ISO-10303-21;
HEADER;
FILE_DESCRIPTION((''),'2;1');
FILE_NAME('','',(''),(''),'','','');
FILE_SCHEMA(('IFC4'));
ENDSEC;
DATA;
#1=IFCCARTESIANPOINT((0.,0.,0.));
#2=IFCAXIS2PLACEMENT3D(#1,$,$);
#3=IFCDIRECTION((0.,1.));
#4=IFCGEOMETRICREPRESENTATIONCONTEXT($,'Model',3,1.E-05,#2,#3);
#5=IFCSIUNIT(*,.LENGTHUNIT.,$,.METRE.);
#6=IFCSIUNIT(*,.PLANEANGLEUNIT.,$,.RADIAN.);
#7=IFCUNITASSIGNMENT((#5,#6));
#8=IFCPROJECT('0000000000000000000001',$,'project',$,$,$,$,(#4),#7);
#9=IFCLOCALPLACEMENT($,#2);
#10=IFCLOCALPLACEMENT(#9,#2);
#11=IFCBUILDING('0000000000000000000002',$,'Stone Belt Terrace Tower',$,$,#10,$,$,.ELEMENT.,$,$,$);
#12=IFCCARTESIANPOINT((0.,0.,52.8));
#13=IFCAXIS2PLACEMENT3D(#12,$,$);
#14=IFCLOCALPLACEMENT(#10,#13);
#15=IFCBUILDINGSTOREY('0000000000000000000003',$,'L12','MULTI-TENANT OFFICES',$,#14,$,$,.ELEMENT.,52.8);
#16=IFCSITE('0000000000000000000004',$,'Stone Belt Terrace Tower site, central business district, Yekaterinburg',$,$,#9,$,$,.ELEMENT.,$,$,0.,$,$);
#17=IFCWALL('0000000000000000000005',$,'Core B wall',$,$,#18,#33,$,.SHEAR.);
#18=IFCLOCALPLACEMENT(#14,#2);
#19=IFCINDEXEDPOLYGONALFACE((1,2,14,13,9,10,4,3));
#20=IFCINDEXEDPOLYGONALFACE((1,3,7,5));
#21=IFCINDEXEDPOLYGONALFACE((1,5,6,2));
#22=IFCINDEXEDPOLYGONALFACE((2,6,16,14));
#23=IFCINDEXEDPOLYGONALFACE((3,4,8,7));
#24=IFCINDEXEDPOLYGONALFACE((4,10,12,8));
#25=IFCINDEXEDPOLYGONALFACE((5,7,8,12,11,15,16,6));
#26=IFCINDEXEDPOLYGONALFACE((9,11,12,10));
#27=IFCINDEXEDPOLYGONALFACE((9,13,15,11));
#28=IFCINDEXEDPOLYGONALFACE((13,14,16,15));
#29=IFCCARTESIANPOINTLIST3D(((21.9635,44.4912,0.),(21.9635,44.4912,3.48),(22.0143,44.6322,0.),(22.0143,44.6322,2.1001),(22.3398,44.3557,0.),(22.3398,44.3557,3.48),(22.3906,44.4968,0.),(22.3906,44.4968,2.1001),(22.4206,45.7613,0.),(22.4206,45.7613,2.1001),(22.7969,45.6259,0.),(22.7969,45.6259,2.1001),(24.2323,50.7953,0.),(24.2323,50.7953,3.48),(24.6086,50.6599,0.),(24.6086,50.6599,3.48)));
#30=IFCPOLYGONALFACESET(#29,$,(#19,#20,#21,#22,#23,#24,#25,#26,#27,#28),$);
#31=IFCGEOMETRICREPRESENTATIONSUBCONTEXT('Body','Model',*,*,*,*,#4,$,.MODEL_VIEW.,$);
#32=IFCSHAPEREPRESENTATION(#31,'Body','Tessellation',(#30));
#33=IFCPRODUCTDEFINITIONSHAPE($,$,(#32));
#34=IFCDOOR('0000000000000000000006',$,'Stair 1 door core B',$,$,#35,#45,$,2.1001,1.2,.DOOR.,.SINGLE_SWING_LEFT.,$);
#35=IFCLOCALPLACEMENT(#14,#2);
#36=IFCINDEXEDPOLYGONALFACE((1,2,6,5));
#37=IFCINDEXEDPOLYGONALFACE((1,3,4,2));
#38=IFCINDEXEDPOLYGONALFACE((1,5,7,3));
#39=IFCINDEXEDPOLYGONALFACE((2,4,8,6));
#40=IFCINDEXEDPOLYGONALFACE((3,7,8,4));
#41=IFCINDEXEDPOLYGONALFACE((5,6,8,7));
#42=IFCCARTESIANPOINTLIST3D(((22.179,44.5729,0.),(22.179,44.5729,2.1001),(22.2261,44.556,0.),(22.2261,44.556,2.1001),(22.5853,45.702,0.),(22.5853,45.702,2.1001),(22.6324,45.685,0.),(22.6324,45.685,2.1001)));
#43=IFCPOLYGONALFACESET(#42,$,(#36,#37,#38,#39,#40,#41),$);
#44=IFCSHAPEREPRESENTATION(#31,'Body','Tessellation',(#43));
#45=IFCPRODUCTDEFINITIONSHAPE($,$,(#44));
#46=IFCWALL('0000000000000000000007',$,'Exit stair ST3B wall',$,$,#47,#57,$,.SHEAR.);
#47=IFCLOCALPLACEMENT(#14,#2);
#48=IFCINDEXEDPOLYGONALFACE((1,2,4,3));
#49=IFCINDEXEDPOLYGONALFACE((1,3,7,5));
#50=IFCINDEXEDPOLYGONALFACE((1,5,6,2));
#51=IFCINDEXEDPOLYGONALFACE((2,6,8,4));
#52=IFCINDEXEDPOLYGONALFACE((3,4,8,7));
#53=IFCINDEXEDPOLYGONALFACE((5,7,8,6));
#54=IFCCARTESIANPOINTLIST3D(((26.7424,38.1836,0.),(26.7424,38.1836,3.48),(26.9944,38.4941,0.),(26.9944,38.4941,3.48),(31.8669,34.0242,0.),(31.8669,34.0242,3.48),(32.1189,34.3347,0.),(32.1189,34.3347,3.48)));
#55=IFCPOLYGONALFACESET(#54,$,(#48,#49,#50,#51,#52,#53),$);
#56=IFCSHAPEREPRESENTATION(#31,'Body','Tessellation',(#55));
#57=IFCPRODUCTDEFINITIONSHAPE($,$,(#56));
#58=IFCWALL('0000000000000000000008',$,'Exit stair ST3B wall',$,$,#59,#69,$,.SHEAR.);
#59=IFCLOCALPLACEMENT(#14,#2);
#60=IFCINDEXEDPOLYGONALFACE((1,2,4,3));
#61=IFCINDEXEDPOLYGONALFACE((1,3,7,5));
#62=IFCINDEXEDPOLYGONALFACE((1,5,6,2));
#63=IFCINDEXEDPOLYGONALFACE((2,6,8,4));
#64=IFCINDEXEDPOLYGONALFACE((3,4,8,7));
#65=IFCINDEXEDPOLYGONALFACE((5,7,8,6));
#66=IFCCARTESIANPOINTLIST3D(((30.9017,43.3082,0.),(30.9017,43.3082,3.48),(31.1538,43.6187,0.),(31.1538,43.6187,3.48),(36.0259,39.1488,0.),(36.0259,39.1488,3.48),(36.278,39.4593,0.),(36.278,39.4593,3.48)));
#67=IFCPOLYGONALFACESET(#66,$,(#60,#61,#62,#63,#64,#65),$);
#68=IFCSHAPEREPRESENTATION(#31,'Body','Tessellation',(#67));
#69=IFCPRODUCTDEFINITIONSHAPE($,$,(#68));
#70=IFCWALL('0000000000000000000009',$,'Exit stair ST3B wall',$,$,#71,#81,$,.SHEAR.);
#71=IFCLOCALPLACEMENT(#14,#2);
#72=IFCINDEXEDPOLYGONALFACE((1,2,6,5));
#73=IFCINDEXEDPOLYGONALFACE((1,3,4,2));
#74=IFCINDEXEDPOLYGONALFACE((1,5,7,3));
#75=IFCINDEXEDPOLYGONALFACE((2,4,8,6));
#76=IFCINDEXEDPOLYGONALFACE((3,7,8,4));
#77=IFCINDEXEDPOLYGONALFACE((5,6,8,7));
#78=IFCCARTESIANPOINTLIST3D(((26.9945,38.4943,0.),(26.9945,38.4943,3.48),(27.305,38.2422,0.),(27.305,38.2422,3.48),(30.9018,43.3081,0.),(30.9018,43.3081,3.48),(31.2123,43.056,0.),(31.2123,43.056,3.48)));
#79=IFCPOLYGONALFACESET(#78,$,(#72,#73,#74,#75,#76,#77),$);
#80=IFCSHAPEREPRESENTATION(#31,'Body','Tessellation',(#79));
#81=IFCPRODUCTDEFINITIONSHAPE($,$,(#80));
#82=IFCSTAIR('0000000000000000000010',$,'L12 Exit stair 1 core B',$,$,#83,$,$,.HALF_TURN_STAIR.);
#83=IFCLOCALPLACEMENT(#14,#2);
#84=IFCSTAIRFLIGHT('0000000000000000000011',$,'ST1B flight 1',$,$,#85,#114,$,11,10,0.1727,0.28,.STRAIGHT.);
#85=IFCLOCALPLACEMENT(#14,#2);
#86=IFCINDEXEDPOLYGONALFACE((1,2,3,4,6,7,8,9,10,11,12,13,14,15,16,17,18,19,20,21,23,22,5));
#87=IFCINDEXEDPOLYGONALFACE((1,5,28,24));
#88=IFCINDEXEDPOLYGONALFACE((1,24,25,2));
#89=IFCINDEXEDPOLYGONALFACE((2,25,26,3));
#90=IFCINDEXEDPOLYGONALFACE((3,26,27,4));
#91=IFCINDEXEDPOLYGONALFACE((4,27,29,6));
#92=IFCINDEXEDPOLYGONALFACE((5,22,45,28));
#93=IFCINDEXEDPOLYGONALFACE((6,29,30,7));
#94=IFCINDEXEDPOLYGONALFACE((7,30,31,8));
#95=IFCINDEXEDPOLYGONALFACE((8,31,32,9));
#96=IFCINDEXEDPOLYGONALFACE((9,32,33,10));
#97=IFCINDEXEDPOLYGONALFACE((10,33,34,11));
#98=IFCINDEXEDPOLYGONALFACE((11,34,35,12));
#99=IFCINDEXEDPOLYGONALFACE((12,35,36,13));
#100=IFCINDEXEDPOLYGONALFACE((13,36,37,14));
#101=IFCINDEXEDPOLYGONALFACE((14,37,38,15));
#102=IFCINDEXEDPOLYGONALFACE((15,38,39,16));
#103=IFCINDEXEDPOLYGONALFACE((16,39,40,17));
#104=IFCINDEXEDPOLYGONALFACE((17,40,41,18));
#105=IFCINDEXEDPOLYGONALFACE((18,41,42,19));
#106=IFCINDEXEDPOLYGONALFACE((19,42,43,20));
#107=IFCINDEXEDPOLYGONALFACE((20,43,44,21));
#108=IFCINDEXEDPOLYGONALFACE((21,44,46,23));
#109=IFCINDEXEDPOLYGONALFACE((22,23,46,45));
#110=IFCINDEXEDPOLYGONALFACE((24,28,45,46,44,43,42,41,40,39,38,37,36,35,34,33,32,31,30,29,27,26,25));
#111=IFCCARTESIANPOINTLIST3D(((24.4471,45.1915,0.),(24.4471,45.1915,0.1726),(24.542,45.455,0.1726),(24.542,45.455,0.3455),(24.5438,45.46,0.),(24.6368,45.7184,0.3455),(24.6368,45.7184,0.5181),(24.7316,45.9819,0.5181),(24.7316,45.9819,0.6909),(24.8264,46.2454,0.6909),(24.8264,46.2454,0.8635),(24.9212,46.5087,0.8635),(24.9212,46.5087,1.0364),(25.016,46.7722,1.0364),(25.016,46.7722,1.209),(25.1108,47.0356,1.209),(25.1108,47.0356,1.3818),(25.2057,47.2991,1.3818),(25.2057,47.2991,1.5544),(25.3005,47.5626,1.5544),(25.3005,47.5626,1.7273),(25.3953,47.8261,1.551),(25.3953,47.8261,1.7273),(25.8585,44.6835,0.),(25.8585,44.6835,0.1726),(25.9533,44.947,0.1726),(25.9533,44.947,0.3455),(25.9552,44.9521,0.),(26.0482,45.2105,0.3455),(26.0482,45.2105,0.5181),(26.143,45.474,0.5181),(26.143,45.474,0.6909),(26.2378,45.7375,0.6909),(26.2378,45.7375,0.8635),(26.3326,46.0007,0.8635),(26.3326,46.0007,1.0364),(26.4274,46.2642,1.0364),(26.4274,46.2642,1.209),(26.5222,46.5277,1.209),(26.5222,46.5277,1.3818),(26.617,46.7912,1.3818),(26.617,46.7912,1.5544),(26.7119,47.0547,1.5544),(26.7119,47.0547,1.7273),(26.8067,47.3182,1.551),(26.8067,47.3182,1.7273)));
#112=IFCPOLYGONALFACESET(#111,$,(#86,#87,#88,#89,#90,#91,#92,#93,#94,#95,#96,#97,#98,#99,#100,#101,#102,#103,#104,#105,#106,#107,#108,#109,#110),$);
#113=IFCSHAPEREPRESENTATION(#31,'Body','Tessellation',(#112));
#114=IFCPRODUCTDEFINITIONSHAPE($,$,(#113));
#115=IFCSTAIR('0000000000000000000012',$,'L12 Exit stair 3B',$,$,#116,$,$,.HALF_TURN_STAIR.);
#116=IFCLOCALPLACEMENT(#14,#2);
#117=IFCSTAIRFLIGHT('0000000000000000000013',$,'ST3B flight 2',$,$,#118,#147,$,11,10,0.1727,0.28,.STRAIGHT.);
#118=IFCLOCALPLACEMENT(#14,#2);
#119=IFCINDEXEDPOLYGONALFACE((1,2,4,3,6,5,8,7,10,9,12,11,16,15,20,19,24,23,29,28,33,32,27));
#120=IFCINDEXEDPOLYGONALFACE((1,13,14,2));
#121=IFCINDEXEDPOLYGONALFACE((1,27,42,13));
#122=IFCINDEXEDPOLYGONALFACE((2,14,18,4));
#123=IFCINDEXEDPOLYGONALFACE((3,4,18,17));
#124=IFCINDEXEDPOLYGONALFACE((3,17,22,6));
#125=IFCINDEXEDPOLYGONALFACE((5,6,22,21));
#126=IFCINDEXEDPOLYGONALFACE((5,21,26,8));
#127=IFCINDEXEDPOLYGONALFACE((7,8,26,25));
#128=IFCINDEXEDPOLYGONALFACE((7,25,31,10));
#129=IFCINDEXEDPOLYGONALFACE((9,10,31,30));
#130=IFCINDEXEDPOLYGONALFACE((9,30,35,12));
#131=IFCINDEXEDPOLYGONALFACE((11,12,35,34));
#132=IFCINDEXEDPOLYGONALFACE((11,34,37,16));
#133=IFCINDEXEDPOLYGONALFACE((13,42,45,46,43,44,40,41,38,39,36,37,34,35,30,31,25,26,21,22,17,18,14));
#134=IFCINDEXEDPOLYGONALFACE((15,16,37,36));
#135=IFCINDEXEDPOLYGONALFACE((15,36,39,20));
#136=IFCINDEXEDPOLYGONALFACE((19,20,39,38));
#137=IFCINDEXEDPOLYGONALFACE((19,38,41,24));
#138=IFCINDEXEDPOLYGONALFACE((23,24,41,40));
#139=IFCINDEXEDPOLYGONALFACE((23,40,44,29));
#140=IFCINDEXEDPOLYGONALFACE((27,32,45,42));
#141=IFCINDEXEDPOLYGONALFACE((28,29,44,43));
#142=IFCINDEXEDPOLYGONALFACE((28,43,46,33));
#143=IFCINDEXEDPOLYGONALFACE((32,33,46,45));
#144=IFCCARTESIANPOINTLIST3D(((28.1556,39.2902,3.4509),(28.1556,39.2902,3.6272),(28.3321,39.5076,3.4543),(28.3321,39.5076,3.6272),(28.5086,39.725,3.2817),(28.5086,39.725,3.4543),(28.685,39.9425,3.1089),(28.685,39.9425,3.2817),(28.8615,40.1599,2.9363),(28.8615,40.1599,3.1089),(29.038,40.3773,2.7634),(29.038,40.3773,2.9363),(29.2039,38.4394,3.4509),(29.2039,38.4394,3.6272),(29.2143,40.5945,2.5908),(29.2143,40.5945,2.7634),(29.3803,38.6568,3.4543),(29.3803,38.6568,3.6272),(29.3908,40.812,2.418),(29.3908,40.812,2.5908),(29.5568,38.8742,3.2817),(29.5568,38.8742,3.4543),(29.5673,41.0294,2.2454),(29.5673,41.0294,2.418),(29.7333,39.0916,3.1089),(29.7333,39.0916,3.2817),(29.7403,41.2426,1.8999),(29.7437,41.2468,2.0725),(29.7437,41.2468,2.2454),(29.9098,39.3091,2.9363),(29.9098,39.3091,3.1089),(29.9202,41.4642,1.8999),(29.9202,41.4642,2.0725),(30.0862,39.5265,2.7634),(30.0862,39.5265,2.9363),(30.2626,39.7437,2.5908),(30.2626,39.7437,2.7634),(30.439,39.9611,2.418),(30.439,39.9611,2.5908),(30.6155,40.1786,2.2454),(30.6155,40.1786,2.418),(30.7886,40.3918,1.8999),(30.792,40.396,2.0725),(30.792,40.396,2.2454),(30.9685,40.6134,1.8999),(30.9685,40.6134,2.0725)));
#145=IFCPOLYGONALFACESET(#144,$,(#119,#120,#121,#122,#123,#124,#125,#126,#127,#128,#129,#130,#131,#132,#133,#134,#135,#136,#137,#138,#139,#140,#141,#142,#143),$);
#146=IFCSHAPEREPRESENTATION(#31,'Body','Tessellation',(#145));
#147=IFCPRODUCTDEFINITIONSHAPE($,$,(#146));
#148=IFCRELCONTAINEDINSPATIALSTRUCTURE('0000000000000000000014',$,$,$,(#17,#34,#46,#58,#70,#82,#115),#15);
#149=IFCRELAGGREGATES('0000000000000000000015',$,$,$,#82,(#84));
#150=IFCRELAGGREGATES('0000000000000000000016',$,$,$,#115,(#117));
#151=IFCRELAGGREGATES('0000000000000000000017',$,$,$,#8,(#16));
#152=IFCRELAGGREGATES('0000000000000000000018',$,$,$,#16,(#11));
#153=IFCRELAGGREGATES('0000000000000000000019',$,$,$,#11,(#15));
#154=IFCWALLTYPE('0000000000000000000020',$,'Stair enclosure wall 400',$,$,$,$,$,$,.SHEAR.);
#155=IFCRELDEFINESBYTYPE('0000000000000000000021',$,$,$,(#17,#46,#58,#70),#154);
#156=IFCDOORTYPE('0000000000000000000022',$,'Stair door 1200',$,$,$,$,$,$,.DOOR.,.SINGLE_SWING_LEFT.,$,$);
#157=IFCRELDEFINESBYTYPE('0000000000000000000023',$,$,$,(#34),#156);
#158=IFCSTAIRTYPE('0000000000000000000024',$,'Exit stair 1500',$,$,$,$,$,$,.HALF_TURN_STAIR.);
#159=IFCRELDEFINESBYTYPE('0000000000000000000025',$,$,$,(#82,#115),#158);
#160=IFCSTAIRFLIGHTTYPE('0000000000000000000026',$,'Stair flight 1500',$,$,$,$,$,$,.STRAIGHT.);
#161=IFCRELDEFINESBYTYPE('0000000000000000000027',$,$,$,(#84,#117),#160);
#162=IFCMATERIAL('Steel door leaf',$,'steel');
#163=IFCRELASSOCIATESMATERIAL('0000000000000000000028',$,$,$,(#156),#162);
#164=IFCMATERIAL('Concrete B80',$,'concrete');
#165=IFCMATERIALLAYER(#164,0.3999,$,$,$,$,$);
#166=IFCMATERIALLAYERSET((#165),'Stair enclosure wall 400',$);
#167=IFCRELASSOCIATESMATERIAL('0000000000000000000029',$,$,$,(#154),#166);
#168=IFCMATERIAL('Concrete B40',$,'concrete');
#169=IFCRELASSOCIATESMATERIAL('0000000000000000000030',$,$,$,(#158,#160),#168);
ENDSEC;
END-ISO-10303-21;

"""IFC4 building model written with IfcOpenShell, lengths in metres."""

from ifc_helpers import new_model, si_unit, direction, frame, frame_2d, origin, place, context, subcontext, project, spatial, polyline, rectangle, outline, extrude, material, layer, layer_set, type_object, element, fill, aggregate, save


model = new_model("IFC4")

# Units and contexts
model_context = context("Model", 3, precision=1e-05, world=origin(), true_north=direction((0.0, 1.0)))
body_context = subcontext(model_context, "Body", "Model", "MODEL_VIEW")
ifc_project = project(units=[si_unit("LENGTHUNIT", "METRE"), si_unit("PLANEANGLEUNIT", "RADIAN")], contexts=[model_context])

# Site, building, storey
site_placement = place(None, origin())
site = spatial("IfcSite", under=ifc_project, at=site_placement, Name="Stone Belt Terrace Tower site, central business district, Yekaterinburg", CompositionType="ELEMENT", RefElevation=0.0)
building_placement = place(site_placement, origin())
building = spatial("IfcBuilding", under=site, at=building_placement, Name="Stone Belt Terrace Tower", CompositionType="ELEMENT")
storey_placement = place(building_placement, frame((0.0, 0.0, 52.8)))
storey = spatial("IfcBuildingStorey", under=building, at=storey_placement, Name="L12", Description="MULTI-TENANT OFFICES", CompositionType="ELEMENT", Elevation=52.8)

# Shared definitions
ifc_material_1 = material(Name="Concrete B80", Category="concrete")

# Wall, opening, door
ifc_material_2 = material(Name="Steel door leaf", Category="steel")
door_type_1 = type_object("IfcDoorType", Name="Stair door 1200", OperationType="SINGLE_SWING_LEFT", PredefinedType="DOOR", material=ifc_material_2)
ifc_layer_1 = layer(ifc_material_1, 0.3999)
ifc_layer_set_1 = layer_set([ifc_layer_1], Name="Stair enclosure wall 400")
wall_type_1 = type_object("IfcWallType", Name="Stair enclosure wall 400", PredefinedType="SHEAR", material=ifc_layer_set_1)
wall_1_placement = place(storey_placement, frame((22.1516, 44.4233, 0.0), z_axis=(0.0, 0.0, 1.0), x_axis=(0.338625, 0.940921, 0.0)))
wall_1 = element("IfcWall", 1, at=wall_1_placement, inside=storey, type_object=wall_type_1, Name="Core B wall", PredefinedType="SHEAR", context=body_context, shape_type="SweptSolid", body=[
    extrude(rectangle(XDim=6.7, YDim=0.3999, at=frame_2d((3.3501, 0.0))), origin(), (0.0, 0.0, 1.0), 3.48),
])
opening_1_placement = place(wall_1_placement, frame((0.1499, 0.0, 0.0)))
opening_1 = element("IfcOpeningElement", 2, at=opening_1_placement, cuts=wall_1, PredefinedType="OPENING", context=body_context, shape_type="SweptSolid", body=[
    extrude(rectangle(XDim=1.2, YDim=2.1001, at=frame_2d((0.6001, 1.05))), frame((0.0, 0.21, 0.0), z_axis=(0.0, -1.0, 0.0), x_axis=(1.0, 0.0, 0.0)), (0.0, 0.0, 1.0), 0.4199),
])
door_1_placement = place(opening_1_placement, origin())
door_1 = element("IfcDoor", 3, at=door_1_placement, inside=storey, type_object=door_type_1, Name="Stair 1 door core B", OperationType="SINGLE_SWING_LEFT", OverallHeight=2.1001, OverallWidth=1.2, PredefinedType="DOOR", context=body_context, shape_type="SweptSolid", body=[
    extrude(rectangle(XDim=1.2, YDim=2.1001, at=frame_2d((0.6001, 1.05))), frame((0.0, 0.0249, 0.0), z_axis=(0.0, -1.0, 0.0), x_axis=(1.0, 0.0, 0.0)), (0.0, 0.0, 1.0), 0.05),
])
fill(opening_1, door_1)

# Walls
wall_2_placement = place(storey_placement, frame((26.8684, 38.3389, 0.0), z_axis=(0.0, 0.0, 1.0), x_axis=(0.776428, -0.630205, 0.0)))
element("IfcWall", 4, at=wall_2_placement, inside=storey, type_object=wall_type_1, Name="Exit stair ST3B wall", PredefinedType="SHEAR", context=body_context, shape_type="SweptSolid", body=[
    extrude(rectangle(XDim=6.6001, YDim=0.3999, at=frame_2d((3.3, 0.0))), origin(), (0.0, 0.0, 1.0), 3.48),
])
wall_3_placement = place(storey_placement, frame((31.0278, 43.4634, 0.0), z_axis=(0.0, 0.0, 1.0), x_axis=(0.776414, -0.630224, 0.0)))
element("IfcWall", 5, at=wall_3_placement, inside=storey, type_object=wall_type_1, Name="Exit stair ST3B wall", PredefinedType="SHEAR", context=body_context, shape_type="SweptSolid", body=[
    extrude(rectangle(XDim=6.5999, YDim=0.3999, at=frame_2d((3.2998, 0.0))), origin(), (0.0, 0.0, 1.0), 3.48),
])
wall_4_placement = place(storey_placement, frame((27.1497, 38.3682, 0.0), z_axis=(0.0, 0.0, 1.0), x_axis=(0.630212, 0.776423, 0.0)))
element("IfcWall", 6, at=wall_4_placement, inside=storey, type_object=wall_type_1, Name="Exit stair ST3B wall", PredefinedType="SHEAR", context=body_context, shape_type="SweptSolid", body=[
    extrude(rectangle(XDim=6.2, YDim=0.3999, at=frame_2d((3.1001, 0.0))), origin(), (0.0, 0.0, 1.0), 3.48),
])

# Stairs, stair flights
ifc_material_3 = material(Name="Concrete B40", Category="concrete")
stair_type = type_object("IfcStairType", Name="Exit stair 1500", PredefinedType="HALF_TURN_STAIR", material=ifc_material_3)
stair_1_placement = place(storey_placement, origin())
stair_1 = element("IfcStair", 7, at=stair_1_placement, inside=storey, type_object=stair_type, Name="L12 Exit stair 1 core B", PredefinedType="HALF_TURN_STAIR")
stair_flight_type = type_object("IfcStairFlightType", Name="Stair flight 1500", PredefinedType="STRAIGHT", material=ifc_material_3)
stair_flight_1_placement = place(storey_placement, frame((25.1528, 44.9375, 0.0), z_axis=(0.0, 0.0, 1.0), x_axis=(0.338624, 0.940922, 0.0)))
stair_flight_1 = element("IfcStairFlight", 8, at=stair_flight_1_placement, type_object=stair_flight_type, Name="ST1B flight 1", NumberOfRisers=11, NumberOfTreads=10, PredefinedType="STRAIGHT", RiserHeight=0.1727, TreadLength=0.28, context=body_context, shape_type="SweptSolid", body=[
    extrude(outline(polyline([(0.0, 0.0), (0.0, 0.1726), (0.28, 0.1726), (0.28, 0.3455), (0.5601, 0.3455), (0.5601, 0.5181), (0.8401, 0.5181), (0.8401, 0.6909), (1.1201, 0.6909), (1.1201, 0.8635), (1.3999, 0.8635), (1.3999, 1.0364), (1.6799, 1.0364), (1.6799, 1.209), (1.96, 1.209), (1.96, 1.3818), (2.24, 1.3818), (2.24, 1.5544), (2.52, 1.5544), (2.52, 1.7273), (2.8, 1.7273), (2.8, 1.8999), (2.8, 1.551), (0.2854, 0.0), (0.0, 0.0)])), frame((0.0, 0.75, 0.0), z_axis=(0.0, -1.0, 0.0), x_axis=(1.0, 0.0, 0.0)), (0.0, 0.0, 1.0), 1.5),
])
aggregate(stair_1, [stair_flight_1])
stair_2_placement = place(storey_placement, origin())
stair_2 = element("IfcStair", 9, at=stair_2_placement, inside=storey, type_object=stair_type, Name="L12 Exit stair 3B", PredefinedType="HALF_TURN_STAIR")
stair_flight_2_placement = place(storey_placement, frame((30.4443, 41.0388, 1.8999), z_axis=(0.0, 0.0, 1.0), x_axis=(-0.630206, -0.776428, 0.0)))
stair_flight_2 = element("IfcStairFlight", 10, at=stair_flight_2_placement, type_object=stair_flight_type, Name="ST3B flight 2", NumberOfRisers=11, NumberOfTreads=10, PredefinedType="STRAIGHT", RiserHeight=0.1727, TreadLength=0.28, context=body_context, shape_type="SweptSolid", body=[
    extrude(outline(polyline([(0.0, 0.0), (0.0, 0.1726), (0.28, 0.1726), (0.28, 0.3455), (0.5601, 0.3455), (0.5601, 0.5181), (0.8401, 0.5181), (0.8401, 0.6909), (1.1201, 0.6909), (1.1201, 0.8635), (1.3999, 0.8635), (1.3999, 1.0364), (1.6799, 1.0364), (1.6799, 1.209), (1.96, 1.209), (1.96, 1.3818), (2.24, 1.3818), (2.24, 1.5544), (2.52, 1.5544), (2.52, 1.7273), (2.8, 1.7273), (2.8, 1.8999), (2.8, 1.551), (0.2854, 0.0), (0.0, 0.0)])), frame((0.0, 0.675, 0.0), z_axis=(0.0, -1.0, 0.0), x_axis=(1.0, 0.0, 0.0)), (0.0, 0.0, 1.0), 1.3501),
])
aggregate(stair_2, [stair_flight_2])

save(model, "model.ifc")
